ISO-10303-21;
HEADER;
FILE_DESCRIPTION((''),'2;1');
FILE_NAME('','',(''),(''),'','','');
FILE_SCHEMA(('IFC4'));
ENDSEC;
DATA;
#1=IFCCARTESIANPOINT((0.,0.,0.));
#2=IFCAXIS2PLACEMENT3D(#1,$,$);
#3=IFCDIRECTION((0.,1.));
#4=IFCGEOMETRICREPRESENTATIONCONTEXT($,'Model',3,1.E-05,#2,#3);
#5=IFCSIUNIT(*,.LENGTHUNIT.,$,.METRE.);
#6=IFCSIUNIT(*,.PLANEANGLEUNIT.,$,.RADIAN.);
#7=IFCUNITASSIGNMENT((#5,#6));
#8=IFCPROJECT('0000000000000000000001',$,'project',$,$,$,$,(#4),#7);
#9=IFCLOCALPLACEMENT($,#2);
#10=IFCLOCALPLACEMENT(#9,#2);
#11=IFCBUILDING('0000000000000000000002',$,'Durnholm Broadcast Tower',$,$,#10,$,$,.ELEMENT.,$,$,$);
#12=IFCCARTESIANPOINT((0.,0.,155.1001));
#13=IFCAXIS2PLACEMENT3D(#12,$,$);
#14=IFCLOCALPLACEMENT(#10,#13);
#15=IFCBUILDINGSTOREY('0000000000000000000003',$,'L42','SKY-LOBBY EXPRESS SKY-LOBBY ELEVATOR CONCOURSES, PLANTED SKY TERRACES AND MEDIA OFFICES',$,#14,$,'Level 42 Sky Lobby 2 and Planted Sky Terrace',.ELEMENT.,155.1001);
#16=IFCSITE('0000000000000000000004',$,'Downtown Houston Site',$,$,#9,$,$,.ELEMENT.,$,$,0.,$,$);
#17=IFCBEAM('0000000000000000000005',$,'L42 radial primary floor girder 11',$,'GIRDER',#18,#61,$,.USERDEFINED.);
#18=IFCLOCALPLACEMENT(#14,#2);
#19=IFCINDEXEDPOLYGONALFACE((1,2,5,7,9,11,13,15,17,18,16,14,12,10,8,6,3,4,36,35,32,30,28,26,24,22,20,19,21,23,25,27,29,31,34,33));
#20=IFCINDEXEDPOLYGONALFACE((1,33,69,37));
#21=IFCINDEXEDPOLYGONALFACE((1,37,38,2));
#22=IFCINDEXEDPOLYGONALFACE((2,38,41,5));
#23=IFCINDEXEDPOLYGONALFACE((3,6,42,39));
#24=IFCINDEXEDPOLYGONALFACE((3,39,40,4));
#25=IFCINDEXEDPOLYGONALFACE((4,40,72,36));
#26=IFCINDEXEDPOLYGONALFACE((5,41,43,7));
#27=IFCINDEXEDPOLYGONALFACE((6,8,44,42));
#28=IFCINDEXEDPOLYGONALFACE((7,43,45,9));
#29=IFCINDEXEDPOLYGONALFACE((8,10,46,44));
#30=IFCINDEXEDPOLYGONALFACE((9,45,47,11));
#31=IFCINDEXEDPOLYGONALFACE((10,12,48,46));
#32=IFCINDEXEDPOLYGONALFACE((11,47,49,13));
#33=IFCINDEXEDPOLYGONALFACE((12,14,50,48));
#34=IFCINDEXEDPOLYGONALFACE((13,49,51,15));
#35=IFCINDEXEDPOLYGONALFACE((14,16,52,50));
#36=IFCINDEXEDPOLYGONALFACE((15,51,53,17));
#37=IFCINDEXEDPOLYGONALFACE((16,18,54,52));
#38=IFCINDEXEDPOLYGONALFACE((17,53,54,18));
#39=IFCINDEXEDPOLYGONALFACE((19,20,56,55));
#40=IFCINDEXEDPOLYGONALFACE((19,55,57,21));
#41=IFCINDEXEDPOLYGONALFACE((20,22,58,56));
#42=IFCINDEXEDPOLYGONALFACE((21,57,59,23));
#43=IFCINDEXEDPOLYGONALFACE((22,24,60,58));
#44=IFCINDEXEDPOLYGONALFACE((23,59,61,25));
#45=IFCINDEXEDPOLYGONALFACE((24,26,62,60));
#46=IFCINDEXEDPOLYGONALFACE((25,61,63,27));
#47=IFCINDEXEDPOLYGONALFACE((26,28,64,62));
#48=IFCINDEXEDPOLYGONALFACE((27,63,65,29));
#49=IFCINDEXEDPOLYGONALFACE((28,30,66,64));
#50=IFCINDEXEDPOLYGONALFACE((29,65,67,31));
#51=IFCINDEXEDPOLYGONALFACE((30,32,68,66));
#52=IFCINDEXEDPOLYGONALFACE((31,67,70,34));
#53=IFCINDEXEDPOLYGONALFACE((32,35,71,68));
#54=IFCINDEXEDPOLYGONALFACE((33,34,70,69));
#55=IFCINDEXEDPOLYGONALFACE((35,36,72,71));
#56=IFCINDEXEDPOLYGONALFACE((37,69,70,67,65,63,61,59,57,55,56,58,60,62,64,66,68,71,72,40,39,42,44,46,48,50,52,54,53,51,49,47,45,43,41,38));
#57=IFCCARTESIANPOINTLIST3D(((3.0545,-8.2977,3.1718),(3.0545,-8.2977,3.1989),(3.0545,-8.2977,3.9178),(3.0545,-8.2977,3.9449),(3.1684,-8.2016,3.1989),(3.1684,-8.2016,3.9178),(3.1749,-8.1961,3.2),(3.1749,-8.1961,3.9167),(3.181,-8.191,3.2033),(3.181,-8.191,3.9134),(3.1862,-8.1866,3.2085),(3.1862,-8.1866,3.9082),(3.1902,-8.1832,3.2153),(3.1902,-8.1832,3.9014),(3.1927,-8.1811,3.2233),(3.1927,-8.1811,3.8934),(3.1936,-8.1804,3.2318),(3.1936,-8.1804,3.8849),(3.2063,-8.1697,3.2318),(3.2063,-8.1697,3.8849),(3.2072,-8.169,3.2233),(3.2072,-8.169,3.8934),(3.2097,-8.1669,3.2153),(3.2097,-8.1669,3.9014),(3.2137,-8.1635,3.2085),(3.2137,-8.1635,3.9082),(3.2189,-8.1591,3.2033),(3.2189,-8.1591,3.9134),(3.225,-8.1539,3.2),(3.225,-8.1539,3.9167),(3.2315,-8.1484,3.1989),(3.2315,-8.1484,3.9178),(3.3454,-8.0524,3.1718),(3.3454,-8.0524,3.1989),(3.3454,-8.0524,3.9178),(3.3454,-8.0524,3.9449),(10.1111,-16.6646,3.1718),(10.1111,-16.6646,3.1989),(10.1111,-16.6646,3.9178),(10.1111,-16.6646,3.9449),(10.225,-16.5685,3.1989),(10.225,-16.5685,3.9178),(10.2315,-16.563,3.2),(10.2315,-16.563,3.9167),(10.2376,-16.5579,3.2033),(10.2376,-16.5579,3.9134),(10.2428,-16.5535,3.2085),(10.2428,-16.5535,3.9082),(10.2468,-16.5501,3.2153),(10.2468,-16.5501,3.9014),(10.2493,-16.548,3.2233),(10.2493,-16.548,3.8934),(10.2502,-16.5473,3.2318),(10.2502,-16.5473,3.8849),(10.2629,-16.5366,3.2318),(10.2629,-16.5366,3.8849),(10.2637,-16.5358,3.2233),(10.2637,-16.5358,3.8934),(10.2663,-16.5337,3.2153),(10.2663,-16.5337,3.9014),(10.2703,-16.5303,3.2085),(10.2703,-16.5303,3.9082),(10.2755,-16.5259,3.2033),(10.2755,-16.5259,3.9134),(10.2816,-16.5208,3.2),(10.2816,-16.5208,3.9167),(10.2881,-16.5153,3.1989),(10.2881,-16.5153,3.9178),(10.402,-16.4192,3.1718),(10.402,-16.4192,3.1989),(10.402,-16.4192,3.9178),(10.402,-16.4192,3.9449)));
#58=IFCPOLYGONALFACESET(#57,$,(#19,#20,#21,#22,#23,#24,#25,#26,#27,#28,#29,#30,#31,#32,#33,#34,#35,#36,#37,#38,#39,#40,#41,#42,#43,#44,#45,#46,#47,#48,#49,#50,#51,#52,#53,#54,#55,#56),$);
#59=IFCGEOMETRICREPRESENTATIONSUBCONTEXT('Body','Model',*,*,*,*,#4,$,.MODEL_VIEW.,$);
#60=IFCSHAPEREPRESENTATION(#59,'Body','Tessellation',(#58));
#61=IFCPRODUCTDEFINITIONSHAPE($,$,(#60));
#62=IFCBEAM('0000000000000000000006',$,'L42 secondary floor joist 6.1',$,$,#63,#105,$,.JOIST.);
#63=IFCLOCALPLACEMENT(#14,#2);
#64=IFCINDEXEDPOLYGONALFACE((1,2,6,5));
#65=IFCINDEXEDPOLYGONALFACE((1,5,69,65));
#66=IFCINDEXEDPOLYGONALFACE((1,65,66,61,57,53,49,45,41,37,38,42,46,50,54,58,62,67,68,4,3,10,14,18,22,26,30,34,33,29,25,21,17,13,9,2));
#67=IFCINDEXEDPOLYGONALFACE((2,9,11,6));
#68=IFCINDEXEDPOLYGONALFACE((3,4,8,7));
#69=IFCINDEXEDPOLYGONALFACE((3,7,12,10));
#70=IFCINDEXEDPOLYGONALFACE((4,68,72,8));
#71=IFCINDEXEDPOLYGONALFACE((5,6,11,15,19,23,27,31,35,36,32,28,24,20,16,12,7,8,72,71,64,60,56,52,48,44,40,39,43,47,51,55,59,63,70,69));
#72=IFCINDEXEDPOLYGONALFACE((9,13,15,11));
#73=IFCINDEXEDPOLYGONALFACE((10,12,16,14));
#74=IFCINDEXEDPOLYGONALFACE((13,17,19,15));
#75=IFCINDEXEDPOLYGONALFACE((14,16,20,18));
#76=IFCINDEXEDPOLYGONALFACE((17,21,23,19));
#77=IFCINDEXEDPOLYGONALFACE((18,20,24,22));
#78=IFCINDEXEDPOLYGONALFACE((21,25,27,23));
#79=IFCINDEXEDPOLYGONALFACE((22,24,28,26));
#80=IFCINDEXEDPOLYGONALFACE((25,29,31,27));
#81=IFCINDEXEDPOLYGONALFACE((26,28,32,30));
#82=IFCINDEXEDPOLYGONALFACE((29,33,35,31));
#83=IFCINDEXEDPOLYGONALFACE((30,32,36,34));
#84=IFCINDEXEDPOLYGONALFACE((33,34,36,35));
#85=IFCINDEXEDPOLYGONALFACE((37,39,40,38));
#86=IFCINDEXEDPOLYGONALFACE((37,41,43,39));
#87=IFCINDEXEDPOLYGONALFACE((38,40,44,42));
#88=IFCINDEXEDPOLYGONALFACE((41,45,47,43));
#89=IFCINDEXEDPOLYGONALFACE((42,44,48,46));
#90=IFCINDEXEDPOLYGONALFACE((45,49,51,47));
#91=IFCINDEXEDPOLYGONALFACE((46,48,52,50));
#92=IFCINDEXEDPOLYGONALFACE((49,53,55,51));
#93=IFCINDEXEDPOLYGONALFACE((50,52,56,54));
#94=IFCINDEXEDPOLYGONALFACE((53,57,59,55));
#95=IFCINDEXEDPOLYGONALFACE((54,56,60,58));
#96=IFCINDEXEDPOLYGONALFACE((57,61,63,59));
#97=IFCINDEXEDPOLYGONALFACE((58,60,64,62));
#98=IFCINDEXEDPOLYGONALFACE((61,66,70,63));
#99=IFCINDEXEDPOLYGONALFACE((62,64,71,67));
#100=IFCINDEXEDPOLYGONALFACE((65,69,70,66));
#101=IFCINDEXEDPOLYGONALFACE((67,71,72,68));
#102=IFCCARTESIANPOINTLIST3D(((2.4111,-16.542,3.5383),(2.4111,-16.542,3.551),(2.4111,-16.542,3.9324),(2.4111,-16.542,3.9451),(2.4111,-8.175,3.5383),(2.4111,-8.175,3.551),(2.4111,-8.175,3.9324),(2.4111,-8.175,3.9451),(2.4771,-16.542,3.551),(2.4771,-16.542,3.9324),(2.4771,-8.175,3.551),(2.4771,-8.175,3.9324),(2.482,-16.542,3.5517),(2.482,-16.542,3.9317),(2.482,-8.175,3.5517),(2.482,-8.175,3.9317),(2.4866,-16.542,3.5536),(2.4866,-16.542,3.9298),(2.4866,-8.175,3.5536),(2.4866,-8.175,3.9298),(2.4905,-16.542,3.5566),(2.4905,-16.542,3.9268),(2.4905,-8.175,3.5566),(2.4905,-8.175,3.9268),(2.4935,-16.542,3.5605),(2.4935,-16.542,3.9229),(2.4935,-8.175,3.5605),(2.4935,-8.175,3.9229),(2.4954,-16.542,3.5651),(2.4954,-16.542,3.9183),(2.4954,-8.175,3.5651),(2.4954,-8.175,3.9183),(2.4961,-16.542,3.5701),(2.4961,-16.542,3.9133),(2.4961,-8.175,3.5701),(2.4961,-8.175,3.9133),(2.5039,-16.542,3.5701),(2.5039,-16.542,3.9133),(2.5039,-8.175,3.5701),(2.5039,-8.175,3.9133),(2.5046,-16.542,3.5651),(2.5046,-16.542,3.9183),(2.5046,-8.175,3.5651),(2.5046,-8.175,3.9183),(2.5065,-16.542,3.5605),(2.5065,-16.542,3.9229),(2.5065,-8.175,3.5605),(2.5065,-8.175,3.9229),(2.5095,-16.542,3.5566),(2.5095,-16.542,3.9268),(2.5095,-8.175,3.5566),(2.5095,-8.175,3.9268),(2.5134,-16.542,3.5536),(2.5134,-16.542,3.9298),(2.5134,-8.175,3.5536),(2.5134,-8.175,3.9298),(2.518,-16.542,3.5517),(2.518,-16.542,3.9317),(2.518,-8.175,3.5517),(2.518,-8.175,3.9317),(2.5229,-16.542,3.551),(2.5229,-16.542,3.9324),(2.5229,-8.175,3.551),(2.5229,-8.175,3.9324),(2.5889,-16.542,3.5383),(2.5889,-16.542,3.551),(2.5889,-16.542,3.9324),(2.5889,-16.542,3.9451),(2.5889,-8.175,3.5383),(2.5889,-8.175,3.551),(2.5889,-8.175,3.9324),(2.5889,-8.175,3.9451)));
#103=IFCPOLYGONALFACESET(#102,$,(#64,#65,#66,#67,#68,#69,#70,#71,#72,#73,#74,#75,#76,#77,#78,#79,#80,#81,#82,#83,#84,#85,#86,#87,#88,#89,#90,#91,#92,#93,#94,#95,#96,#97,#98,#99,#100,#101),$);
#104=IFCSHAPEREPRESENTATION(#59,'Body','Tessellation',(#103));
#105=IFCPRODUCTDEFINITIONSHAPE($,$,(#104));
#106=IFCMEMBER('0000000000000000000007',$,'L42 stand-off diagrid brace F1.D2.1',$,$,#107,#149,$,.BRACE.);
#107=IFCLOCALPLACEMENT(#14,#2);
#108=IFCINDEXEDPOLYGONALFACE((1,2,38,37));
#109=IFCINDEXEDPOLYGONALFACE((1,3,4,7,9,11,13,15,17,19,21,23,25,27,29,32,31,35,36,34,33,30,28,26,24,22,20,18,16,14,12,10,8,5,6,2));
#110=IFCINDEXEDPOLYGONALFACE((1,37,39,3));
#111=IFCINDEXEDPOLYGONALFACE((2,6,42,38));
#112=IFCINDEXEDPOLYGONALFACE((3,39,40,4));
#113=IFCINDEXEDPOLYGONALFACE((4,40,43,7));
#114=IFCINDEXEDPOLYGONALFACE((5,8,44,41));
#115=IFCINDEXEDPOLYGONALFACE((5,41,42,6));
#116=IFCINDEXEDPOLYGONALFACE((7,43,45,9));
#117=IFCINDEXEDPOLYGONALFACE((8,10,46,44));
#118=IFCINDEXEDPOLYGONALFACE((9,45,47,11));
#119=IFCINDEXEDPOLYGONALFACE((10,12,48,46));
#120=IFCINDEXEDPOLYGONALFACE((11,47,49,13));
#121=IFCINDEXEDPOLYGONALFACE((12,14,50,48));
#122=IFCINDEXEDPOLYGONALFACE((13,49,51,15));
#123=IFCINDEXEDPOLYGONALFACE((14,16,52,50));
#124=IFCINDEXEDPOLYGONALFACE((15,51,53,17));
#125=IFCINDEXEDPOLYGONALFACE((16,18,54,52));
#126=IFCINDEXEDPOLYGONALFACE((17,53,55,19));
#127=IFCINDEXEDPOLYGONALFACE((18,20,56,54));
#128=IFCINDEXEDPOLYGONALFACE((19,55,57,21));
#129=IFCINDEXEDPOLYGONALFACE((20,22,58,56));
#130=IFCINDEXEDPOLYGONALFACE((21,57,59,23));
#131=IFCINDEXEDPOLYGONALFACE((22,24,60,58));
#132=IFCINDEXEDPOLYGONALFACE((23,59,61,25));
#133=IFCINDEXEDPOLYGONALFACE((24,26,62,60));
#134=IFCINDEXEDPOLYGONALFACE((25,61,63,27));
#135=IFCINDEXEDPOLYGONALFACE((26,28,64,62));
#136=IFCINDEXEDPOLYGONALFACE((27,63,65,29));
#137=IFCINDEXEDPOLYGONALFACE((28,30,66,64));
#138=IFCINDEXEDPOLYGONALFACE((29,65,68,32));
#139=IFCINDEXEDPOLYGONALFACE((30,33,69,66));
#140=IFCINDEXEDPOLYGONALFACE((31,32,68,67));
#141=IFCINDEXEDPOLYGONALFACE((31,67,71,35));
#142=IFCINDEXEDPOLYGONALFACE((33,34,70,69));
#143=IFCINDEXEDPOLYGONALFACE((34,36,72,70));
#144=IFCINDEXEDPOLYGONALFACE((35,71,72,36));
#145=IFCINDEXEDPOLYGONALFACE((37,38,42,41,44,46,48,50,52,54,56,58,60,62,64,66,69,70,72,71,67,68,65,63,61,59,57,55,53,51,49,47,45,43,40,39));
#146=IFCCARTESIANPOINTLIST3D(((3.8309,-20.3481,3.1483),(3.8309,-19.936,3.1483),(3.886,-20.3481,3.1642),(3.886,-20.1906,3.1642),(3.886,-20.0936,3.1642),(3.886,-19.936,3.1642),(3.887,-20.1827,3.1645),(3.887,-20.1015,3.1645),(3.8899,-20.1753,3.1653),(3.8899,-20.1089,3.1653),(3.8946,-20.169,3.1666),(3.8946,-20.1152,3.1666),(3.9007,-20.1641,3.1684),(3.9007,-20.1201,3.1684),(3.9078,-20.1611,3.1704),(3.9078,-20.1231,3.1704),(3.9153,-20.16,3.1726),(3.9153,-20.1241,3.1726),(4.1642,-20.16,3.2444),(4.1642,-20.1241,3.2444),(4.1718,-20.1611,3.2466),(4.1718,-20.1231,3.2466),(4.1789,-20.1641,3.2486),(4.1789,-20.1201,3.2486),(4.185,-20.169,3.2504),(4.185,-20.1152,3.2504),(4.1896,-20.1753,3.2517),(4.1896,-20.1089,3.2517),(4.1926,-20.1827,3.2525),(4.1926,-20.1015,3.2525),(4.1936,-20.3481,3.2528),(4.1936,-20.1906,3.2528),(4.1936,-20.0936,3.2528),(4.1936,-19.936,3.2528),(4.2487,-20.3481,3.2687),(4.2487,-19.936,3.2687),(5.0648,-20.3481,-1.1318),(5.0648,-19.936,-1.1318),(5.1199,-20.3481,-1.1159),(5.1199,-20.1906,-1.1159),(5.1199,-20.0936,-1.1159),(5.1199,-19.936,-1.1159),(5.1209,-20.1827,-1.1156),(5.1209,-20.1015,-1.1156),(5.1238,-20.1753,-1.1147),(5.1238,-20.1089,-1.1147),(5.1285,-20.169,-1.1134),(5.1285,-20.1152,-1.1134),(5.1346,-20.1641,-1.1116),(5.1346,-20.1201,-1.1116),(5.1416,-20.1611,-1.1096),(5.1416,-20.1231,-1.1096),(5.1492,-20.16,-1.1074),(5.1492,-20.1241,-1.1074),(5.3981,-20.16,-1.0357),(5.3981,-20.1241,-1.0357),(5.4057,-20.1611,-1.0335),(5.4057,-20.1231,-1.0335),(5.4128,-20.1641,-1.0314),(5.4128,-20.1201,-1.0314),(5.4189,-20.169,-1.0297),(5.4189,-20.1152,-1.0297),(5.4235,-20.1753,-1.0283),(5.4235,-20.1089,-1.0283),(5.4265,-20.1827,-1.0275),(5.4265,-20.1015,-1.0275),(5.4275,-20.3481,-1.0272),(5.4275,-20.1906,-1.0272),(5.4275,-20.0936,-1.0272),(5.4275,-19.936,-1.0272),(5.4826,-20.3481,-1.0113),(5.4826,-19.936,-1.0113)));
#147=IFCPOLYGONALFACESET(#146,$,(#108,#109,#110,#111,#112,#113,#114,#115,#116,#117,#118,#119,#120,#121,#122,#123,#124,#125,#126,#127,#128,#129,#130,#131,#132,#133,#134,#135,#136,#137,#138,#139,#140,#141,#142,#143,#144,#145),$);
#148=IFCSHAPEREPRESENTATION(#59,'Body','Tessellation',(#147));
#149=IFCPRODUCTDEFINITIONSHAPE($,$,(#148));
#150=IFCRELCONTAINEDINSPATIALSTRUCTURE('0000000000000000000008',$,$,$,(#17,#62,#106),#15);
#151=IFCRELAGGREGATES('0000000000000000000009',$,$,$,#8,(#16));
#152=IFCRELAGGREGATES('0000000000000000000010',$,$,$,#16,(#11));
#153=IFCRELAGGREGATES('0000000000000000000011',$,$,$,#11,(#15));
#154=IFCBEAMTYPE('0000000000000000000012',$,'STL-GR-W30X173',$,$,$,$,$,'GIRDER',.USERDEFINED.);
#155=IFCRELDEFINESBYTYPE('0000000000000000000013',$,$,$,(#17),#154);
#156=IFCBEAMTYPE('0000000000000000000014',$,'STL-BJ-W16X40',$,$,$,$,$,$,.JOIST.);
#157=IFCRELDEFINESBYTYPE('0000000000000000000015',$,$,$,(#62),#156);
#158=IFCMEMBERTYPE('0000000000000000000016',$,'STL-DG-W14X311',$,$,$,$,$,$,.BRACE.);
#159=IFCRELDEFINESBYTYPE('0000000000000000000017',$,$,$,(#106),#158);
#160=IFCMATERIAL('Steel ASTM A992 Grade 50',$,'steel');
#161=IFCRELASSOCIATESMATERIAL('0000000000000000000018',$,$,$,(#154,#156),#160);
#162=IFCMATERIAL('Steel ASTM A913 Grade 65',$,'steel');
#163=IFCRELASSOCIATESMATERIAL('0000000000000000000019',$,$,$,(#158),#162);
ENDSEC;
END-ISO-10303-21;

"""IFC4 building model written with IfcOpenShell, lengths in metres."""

from ifc_helpers import new_model, si_unit, direction, frame, origin, origin_2d, place, context, subcontext, project, spatial, i_section, extrude, source, transform, mapped, material, material_profile, profile_set, type_object, type_shapes, element, save


model = new_model("IFC4")

# Units and contexts
model_context = context("Model", 3, precision=1e-05, world=origin(), true_north=direction((0.0, 1.0)))
body_context = subcontext(model_context, "Body", "Model", "MODEL_VIEW")
ifc_project = project(units=[si_unit("LENGTHUNIT", "METRE"), si_unit("PLANEANGLEUNIT", "RADIAN")], contexts=[model_context])

# Site, building, storey
site_placement = place(None, origin())
site = spatial("IfcSite", under=ifc_project, at=site_placement, Name="Downtown Houston Site", CompositionType="ELEMENT", RefElevation=0.0)
building_placement = place(site_placement, origin())
building = spatial("IfcBuilding", under=site, at=building_placement, Name="Durnholm Broadcast Tower", CompositionType="ELEMENT")
storey_placement = place(building_placement, frame((0.0, 0.0, 155.1001)))
storey = spatial("IfcBuildingStorey", under=building, at=storey_placement, Name="L42", Description="SKY-LOBBY EXPRESS SKY-LOBBY ELEVATOR CONCOURSES, PLANTED SKY TERRACES AND MEDIA OFFICES", LongName="Level 42 Sky Lobby 2 and Planted Sky Terrace", CompositionType="ELEMENT", Elevation=155.1001)

# Beams
ifc_material_1 = material(Name="Steel ASTM A992 Grade 50", Category="steel")
ifc_material_profile_1 = material_profile(ifc_material_1, i_section(OverallWidth=0.3806, OverallDepth=0.7732, WebThickness=0.0166, FlangeThickness=0.0271, FilletRadius=0.033, at=origin_2d()), Name="W30X173")
ifc_profile_set_1 = profile_set([ifc_material_profile_1], Name="Steel ASTM A992 Grade 50")
beam_type_1 = type_object("IfcBeamType", Name="STL-GR-W30X173", ElementType="GIRDER", PredefinedType="USERDEFINED", material=ifc_profile_set_1)
shared_shape_1 = source(origin(), body_context, "Body", "SweptSolid", [
    extrude(i_section(OverallWidth=0.3806, OverallDepth=0.7732, WebThickness=0.0166, FlangeThickness=0.0271, FilletRadius=0.033, at=origin_2d()), origin(), (0.0, 0.0, 1.0), 10.9453),
])
beam_1_placement = place(storey_placement, frame((3.2, -8.175, 3.5583), z_axis=(0.644713, -0.764425, 0.0), x_axis=(0.764425, 0.644713, 0.0)))
element("IfcBeam", 1, at=beam_1_placement, inside=storey, type_object=beam_type_1, Name="L42 radial primary floor girder 11", ObjectType="GIRDER", PredefinedType="USERDEFINED", context=body_context, shape_type="MappedRepresentation", body=[
    mapped(shared_shape_1, transform((0.0, 0.0, 0.0), x_axis=(1.0, 0.0, 0.0), y_axis=(0.0, 1.0, 0.0), z_axis=(0.0, 0.0, 1.0), scale=1.0)),
])
ifc_material_profile_2 = material_profile(ifc_material_1, i_section(OverallWidth=0.1777, OverallDepth=0.4067, WebThickness=0.0078, FlangeThickness=0.0127, FilletRadius=0.019, at=origin_2d()), Name="W16X40")
ifc_profile_set_2 = profile_set([ifc_material_profile_2], Name="Steel ASTM A992 Grade 50")
beam_type_2 = type_object("IfcBeamType", Name="STL-BJ-W16X40", PredefinedType="JOIST", material=ifc_profile_set_2)
shared_shape_2 = source(origin(), body_context, "Body", "SweptSolid", [
    extrude(i_section(OverallWidth=0.1777, OverallDepth=0.4067, WebThickness=0.0078, FlangeThickness=0.0127, FilletRadius=0.019, at=origin_2d()), origin(), (0.0, 0.0, 1.0), 8.3669),
])
type_shapes(beam_type_2, [shared_shape_2])
beam_2_placement = place(storey_placement, frame((2.5, -16.542, 3.7417), z_axis=(0.0, 1.0, 0.0), x_axis=(-1.0, 0.0, 0.0)))
element("IfcBeam", 2, at=beam_2_placement, inside=storey, type_object=beam_type_2, Name="L42 secondary floor joist 6.1", PredefinedType="JOIST", context=body_context, shape_type="MappedRepresentation", body=[
    mapped(shared_shape_2, transform((0.0, 0.0, 0.0), x_axis=(1.0, 0.0, 0.0), y_axis=(0.0, 1.0, 0.0), z_axis=(0.0, 0.0, 1.0), scale=1.0)),
])

# Member
ifc_material_2 = material(Name="Steel ASTM A913 Grade 65", Category="steel")
ifc_material_profile_3 = material_profile(ifc_material_2, i_section(OverallWidth=0.4121, OverallDepth=0.4348, WebThickness=0.0359, FlangeThickness=0.0574, FilletRadius=0.0305, at=origin_2d()), Name="W14X311")
ifc_profile_set_3 = profile_set([ifc_material_profile_3], Name="Steel ASTM A913 Grade 65")
member_type_1 = type_object("IfcMemberType", Name="STL-DG-W14X311", PredefinedType="BRACE", material=ifc_profile_set_3)
shared_shape_3 = source(origin(), body_context, "Body", "SweptSolid", [
    extrude(i_section(OverallWidth=0.4121, OverallDepth=0.4348, WebThickness=0.0359, FlangeThickness=0.0574, FilletRadius=0.0305, at=origin_2d()), origin(), (0.0, 0.0, 1.0), 4.4543),
])
type_shapes(member_type_1, [shared_shape_3])
for number, where, z_axis, x_axis, name in (
    (3, (5.2737, -20.1421, -1.0715), (-0.277008, 0.0, 0.960868), (0.0, -1.0, 0.0), "L42 stand-off diagrid brace F1.D2.1"),
):
    element("IfcMember", number, at=place(storey_placement, frame(where, z_axis=z_axis, x_axis=x_axis)), inside=storey, type_object=member_type_1, Name=name, PredefinedType="BRACE", context=body_context, shape_type="MappedRepresentation", body=[
        mapped(shared_shape_3, transform((0.0, 0.0, 0.0), x_axis=(1.0, 0.0, 0.0), y_axis=(0.0, 1.0, 0.0), z_axis=(0.0, 0.0, 1.0), scale=1.0)),
    ])

save(model, "model.ifc")
